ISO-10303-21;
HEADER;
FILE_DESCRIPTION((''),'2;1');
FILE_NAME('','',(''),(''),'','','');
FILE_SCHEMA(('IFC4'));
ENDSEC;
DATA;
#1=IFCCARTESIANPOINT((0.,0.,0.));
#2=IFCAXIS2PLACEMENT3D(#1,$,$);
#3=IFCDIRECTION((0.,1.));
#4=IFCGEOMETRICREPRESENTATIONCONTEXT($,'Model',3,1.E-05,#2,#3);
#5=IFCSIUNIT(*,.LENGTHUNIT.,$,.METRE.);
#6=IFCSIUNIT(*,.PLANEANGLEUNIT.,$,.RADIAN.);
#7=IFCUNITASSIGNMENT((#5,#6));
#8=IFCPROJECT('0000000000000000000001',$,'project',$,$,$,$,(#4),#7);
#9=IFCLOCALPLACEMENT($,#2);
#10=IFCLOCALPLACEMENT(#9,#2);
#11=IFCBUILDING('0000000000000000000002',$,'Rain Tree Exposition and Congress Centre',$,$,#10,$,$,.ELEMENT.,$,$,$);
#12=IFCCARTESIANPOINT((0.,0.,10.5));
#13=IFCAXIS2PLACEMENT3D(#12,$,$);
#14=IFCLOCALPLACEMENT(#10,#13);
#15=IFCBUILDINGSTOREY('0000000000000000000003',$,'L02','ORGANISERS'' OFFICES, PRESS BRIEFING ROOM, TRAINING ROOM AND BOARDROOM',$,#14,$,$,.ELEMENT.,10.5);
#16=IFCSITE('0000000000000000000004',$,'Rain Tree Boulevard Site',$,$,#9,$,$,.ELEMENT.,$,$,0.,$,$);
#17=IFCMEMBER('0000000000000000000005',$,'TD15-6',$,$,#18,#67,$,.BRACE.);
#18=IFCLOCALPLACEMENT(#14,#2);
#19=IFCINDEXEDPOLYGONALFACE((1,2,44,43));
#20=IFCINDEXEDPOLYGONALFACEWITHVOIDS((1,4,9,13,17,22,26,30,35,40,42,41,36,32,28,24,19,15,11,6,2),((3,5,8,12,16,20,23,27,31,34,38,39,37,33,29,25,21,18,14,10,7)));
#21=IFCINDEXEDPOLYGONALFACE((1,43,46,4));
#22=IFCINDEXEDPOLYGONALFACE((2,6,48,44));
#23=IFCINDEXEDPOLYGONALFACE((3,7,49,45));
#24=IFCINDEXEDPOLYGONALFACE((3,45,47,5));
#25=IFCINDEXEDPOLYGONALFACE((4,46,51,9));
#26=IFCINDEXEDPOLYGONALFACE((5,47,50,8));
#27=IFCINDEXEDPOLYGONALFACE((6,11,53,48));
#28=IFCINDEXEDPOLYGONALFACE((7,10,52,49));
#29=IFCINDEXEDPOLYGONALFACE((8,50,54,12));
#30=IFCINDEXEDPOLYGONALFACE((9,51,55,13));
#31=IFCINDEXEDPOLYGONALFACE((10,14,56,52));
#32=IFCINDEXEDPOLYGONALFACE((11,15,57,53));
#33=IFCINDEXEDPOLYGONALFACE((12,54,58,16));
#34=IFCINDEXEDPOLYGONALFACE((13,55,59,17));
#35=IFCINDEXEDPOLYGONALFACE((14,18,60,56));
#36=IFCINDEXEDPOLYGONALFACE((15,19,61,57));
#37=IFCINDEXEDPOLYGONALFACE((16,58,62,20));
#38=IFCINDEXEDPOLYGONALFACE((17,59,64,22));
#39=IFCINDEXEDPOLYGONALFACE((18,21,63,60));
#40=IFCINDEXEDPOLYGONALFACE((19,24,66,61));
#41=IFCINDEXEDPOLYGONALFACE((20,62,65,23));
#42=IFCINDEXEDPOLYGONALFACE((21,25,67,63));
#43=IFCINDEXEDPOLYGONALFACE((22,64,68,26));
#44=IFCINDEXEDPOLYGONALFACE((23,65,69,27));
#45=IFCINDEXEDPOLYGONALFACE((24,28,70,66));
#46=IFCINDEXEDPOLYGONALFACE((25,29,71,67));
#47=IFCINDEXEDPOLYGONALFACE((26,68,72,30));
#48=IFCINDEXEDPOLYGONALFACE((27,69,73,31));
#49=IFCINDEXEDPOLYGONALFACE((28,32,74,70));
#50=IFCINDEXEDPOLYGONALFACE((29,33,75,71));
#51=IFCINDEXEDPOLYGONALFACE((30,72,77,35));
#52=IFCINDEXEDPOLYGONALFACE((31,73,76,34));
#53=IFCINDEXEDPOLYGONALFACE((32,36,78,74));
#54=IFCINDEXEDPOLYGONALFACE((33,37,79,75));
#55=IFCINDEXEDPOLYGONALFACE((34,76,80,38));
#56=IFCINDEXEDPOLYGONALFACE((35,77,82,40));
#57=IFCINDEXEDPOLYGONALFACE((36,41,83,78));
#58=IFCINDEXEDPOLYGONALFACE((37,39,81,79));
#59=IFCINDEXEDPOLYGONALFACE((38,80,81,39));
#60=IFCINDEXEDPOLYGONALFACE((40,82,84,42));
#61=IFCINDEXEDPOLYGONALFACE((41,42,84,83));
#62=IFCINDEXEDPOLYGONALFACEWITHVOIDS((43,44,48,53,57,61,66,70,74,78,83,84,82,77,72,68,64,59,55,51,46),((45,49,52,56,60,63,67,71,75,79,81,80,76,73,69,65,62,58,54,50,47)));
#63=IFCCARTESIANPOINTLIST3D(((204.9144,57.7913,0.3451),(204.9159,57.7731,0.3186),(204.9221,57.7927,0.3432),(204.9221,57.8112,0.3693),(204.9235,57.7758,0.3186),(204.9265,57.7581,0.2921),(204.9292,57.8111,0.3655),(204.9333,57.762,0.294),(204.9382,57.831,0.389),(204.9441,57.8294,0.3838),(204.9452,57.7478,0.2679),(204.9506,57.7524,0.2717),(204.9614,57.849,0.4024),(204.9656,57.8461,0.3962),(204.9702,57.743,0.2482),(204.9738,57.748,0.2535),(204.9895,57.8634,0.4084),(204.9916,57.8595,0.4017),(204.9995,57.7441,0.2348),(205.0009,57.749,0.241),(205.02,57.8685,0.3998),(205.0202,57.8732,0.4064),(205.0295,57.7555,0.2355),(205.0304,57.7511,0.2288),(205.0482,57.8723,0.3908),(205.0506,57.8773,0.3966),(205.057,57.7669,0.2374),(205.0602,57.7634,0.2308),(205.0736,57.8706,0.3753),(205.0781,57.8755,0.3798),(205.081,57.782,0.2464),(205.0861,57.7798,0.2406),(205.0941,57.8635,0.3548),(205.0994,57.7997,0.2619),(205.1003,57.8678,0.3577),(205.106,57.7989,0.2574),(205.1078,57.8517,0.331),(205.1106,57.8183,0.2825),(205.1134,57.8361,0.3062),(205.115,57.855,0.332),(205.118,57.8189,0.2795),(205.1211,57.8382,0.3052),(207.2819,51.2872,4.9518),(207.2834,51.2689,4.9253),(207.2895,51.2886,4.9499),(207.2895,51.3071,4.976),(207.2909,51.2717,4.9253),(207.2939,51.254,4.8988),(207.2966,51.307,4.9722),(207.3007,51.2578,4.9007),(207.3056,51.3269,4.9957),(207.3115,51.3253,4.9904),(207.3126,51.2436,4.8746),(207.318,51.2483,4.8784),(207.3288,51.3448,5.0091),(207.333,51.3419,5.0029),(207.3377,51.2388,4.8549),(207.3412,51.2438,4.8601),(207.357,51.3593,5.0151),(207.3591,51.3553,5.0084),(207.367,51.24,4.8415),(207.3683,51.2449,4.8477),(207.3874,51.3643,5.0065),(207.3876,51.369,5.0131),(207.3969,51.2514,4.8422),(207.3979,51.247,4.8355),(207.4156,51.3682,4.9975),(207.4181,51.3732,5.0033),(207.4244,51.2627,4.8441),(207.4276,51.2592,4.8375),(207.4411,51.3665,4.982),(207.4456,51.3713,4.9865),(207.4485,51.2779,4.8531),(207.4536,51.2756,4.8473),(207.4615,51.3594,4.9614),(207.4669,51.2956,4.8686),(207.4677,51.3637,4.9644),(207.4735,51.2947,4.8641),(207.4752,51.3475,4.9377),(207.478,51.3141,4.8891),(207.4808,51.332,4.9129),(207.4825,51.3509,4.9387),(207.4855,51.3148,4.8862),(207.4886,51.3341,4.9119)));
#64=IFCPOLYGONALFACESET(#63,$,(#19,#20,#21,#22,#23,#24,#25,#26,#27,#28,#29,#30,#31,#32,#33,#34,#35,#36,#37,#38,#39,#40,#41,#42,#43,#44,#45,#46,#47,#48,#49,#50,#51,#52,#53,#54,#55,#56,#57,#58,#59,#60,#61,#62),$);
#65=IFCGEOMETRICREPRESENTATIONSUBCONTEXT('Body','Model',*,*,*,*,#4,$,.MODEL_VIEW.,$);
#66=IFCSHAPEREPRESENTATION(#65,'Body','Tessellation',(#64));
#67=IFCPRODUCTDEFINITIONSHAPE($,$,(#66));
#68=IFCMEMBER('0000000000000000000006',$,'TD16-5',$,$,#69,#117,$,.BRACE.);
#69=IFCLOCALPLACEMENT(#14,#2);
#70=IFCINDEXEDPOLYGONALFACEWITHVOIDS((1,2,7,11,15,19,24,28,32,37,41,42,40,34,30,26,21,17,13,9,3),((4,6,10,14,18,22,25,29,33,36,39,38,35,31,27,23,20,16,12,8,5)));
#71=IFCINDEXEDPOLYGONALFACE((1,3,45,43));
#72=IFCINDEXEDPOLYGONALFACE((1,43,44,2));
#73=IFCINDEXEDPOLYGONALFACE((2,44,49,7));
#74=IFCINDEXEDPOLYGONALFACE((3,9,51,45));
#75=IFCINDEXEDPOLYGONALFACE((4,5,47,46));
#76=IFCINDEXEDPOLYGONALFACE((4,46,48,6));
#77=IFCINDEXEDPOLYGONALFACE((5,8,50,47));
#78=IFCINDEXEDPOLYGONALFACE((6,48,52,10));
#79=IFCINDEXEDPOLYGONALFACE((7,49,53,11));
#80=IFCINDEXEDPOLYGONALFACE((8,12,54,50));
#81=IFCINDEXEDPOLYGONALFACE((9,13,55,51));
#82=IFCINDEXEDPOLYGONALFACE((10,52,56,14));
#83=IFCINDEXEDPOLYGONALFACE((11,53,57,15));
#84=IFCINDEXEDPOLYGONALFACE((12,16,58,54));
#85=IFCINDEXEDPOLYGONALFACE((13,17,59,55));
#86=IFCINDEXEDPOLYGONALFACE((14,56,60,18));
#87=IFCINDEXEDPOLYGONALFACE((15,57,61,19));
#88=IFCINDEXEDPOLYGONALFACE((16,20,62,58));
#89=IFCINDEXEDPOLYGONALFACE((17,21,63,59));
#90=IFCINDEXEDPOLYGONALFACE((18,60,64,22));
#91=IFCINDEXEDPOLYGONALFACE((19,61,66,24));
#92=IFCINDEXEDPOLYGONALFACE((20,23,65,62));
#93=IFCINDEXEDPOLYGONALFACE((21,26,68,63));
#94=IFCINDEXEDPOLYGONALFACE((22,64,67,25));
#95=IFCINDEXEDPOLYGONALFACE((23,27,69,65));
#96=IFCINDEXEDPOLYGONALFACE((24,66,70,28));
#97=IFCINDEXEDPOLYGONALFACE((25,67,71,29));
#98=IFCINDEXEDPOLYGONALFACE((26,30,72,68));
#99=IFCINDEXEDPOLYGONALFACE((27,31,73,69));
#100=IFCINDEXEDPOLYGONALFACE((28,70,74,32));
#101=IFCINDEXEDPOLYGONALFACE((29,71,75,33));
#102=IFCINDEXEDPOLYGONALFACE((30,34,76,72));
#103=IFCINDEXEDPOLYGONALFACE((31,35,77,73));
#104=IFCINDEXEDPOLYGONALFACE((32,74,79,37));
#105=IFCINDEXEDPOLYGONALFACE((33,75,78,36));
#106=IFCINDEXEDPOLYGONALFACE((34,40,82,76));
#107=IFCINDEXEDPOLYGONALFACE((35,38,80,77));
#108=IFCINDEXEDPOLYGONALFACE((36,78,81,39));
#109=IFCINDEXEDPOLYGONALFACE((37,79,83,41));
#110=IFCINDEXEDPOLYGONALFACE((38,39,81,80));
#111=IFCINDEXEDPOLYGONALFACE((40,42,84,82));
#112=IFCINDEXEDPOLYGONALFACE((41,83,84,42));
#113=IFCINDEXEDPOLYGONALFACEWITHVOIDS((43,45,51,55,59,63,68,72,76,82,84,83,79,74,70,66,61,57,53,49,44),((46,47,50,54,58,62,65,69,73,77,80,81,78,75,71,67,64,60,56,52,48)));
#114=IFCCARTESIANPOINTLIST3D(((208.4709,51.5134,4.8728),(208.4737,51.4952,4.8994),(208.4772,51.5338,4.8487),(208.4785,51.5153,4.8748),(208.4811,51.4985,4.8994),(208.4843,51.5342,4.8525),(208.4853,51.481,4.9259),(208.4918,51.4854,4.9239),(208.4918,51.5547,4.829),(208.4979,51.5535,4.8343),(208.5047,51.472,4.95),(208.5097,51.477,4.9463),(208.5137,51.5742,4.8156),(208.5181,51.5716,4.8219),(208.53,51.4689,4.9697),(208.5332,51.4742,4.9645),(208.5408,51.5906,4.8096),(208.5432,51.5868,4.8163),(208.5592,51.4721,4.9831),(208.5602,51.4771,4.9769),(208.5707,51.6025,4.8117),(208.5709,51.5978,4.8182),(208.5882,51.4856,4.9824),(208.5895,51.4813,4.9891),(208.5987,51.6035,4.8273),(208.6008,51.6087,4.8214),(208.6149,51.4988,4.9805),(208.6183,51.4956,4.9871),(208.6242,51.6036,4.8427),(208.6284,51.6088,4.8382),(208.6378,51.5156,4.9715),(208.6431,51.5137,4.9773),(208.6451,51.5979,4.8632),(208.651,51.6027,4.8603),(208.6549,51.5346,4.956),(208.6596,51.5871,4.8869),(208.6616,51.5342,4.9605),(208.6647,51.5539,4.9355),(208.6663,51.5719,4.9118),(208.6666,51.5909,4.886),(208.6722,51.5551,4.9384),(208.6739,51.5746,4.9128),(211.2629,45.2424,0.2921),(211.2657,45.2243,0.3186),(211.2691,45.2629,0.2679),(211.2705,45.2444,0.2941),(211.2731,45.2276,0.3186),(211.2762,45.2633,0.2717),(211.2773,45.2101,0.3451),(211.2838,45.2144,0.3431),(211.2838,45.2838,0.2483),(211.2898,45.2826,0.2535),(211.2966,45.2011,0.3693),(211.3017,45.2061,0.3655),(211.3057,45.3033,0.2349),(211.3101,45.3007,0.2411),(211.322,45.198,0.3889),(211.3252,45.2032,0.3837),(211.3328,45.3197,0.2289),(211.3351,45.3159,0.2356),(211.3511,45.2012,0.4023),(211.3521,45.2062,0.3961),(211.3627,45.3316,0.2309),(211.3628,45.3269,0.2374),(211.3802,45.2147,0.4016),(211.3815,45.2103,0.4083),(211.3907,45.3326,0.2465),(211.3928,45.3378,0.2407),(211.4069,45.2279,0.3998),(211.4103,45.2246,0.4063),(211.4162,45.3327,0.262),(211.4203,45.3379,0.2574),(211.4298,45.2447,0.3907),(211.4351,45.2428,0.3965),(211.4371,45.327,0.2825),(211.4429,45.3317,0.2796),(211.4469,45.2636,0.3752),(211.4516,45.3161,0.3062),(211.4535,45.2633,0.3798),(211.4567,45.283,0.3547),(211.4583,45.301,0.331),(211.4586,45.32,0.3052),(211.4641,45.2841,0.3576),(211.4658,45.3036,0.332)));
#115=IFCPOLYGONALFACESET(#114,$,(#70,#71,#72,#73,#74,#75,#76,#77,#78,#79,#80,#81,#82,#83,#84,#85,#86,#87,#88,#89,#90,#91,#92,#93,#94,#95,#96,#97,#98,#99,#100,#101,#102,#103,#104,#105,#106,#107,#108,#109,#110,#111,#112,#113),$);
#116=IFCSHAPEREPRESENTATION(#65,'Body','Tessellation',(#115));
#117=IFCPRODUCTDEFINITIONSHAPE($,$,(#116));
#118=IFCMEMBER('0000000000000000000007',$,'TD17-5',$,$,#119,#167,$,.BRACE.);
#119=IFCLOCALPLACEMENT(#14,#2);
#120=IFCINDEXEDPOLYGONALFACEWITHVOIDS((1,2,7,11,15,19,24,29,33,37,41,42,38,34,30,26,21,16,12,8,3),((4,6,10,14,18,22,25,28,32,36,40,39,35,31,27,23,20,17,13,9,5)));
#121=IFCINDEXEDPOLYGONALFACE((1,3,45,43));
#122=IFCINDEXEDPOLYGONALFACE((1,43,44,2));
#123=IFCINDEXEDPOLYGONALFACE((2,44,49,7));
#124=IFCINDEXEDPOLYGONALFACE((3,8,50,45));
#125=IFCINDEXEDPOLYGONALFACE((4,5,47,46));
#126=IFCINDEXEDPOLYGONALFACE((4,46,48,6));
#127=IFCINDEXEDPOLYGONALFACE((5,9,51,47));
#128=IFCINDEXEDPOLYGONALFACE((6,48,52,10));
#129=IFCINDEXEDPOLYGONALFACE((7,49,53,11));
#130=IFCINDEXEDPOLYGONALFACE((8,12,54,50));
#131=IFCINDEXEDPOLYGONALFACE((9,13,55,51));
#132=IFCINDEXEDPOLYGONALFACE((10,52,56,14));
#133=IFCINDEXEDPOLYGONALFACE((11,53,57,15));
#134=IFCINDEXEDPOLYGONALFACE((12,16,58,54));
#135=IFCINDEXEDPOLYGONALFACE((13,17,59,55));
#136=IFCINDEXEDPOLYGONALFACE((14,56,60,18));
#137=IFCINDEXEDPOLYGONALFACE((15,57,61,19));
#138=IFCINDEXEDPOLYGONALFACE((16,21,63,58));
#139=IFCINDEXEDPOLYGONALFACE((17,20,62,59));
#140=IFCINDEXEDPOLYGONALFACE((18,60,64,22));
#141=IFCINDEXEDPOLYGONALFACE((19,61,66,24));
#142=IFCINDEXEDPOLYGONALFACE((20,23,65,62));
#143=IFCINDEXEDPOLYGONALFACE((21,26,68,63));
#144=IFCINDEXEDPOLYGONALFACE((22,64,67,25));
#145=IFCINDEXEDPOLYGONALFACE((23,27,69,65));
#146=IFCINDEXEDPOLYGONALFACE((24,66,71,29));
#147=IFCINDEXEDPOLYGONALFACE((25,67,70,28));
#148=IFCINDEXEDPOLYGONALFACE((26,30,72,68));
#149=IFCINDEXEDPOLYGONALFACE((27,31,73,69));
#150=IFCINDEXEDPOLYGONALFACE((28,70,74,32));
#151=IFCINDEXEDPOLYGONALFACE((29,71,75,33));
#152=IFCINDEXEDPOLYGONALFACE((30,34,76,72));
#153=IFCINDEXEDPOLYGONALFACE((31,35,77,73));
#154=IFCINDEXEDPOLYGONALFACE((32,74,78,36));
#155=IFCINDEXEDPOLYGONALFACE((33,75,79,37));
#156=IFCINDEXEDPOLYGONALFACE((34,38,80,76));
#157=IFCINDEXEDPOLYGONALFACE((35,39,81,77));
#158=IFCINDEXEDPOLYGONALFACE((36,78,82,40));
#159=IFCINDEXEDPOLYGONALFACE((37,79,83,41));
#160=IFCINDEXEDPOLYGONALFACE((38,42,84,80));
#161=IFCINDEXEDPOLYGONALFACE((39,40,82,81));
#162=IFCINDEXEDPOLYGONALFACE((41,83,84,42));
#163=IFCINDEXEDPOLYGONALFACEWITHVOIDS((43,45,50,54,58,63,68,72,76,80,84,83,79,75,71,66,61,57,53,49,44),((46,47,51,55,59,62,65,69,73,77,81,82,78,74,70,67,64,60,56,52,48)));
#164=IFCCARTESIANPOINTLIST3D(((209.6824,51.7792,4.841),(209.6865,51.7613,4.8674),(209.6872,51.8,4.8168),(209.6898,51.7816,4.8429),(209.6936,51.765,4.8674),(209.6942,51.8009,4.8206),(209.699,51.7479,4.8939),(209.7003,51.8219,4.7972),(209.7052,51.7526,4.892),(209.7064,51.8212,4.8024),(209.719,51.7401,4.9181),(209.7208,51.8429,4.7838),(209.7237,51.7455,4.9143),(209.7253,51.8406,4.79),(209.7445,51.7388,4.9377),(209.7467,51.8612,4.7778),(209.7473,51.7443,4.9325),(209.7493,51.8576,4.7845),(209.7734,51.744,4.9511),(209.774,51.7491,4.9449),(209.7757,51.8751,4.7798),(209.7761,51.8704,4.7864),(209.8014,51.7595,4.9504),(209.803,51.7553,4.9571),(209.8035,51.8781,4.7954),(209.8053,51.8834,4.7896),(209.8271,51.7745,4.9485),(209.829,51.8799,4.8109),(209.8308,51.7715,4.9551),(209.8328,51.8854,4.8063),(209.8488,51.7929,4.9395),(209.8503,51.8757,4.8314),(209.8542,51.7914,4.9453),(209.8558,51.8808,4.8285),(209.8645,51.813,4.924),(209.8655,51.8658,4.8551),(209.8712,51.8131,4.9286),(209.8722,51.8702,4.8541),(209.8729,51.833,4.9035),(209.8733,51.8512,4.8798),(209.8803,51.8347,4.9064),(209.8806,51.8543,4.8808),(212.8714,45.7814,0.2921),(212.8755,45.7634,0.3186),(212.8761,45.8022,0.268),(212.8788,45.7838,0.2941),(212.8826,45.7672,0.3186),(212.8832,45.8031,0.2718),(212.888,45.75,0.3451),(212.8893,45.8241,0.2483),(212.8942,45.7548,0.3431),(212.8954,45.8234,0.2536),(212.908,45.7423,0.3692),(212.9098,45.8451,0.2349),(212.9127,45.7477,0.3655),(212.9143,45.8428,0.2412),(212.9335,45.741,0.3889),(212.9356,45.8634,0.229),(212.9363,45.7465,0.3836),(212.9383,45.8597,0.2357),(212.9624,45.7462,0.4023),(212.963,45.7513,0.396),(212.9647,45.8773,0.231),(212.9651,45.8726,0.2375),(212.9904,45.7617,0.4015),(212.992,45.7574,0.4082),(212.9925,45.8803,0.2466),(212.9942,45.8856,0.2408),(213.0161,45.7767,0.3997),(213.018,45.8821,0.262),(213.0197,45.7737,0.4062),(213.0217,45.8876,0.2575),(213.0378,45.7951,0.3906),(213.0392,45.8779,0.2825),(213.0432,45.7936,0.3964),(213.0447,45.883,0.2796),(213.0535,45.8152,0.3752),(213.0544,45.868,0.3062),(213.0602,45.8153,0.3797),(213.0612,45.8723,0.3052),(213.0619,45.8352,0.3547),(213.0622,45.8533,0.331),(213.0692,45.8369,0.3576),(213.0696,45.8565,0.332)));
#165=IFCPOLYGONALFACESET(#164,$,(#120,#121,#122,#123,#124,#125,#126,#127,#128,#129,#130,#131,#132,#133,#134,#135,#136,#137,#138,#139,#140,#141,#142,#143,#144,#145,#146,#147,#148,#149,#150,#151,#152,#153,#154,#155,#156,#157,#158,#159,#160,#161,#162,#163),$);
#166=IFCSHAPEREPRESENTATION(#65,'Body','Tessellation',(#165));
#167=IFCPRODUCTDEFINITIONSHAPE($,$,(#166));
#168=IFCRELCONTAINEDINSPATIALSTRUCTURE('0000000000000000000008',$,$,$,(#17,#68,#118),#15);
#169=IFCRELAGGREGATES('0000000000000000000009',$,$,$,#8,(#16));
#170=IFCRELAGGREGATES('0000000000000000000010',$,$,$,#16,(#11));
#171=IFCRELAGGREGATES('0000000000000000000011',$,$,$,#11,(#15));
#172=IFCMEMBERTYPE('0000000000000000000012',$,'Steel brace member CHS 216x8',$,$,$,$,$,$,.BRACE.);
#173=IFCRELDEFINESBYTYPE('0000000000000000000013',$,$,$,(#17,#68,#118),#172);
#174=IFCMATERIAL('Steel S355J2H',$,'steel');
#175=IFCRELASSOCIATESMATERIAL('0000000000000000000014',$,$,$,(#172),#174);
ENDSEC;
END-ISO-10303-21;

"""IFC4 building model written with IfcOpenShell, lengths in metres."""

from ifc_helpers import new_model, si_unit, direction, frame, origin, origin_2d, place, context, subcontext, project, spatial, hollow_circle, extrude, material, material_profile, profile_set, type_object, element, save


model = new_model("IFC4")

# Units and contexts
model_context = context("Model", 3, precision=1e-05, world=origin(), true_north=direction((0.0, 1.0)))
body_context = subcontext(model_context, "Body", "Model", "MODEL_VIEW")
ifc_project = project(units=[si_unit("LENGTHUNIT", "METRE"), si_unit("PLANEANGLEUNIT", "RADIAN")], contexts=[model_context])

# Site, building, storey
site_placement = place(None, origin())
site = spatial("IfcSite", under=ifc_project, at=site_placement, Name="Rain Tree Boulevard Site", CompositionType="ELEMENT", RefElevation=0.0)
building_placement = place(site_placement, origin())
building = spatial("IfcBuilding", under=site, at=building_placement, Name="Rain Tree Exposition and Congress Centre", CompositionType="ELEMENT")
storey_placement = place(building_placement, frame((0.0, 0.0, 10.5)))
storey = spatial("IfcBuildingStorey", under=building, at=storey_placement, Name="L02", Description="ORGANISERS' OFFICES, PRESS BRIEFING ROOM, TRAINING ROOM AND BOARDROOM", CompositionType="ELEMENT", Elevation=10.5)

# Members
ifc_material_1 = material(Name="Steel S355J2H", Category="steel")
ifc_material_profile_1 = material_profile(ifc_material_1, hollow_circle(Radius=0.1082, WallThickness=0.0081, at=origin_2d()), Name="CHS 216x8")
ifc_profile_set_1 = profile_set([ifc_material_profile_1], Name="Steel S355J2H")
member_type_1 = type_object("IfcMemberType", Name="Steel brace member CHS 216x8", PredefinedType="BRACE", material=ifc_profile_set_1)
member_1_placement = place(storey_placement, frame((207.385, 51.3059, 4.9253), z_axis=(-0.284737, 0.782269, -0.554057), x_axis=(-0.939687, -0.342035, 0.0)))
element("IfcMember", 1, at=member_1_placement, inside=storey, type_object=member_type_1, Name="TD15-6", PredefinedType="BRACE", context=body_context, shape_type="SweptSolid", body=[
    extrude(hollow_circle(Radius=0.1082, WallThickness=0.0081, at=origin_2d()), origin(), (0.0, 0.0, 1.0), 8.3145),
])
member_2_placement = place(storey_placement, frame((211.3645, 45.2683, 0.3186), z_axis=(-0.338319, 0.759887, 0.555079), x_axis=(-0.913547, -0.406732, 0.0)))
element("IfcMember", 2, at=member_2_placement, inside=storey, type_object=member_type_1, Name="TD16-5", PredefinedType="BRACE", context=body_context, shape_type="SweptSolid", body=[
    extrude(hollow_circle(Radius=0.1082, WallThickness=0.0081, at=origin_2d()), origin(), (0.0, 0.0, 1.0), 8.2524),
])
member_3_placement = place(storey_placement, frame((212.9709, 45.8142, 0.3186), z_axis=(-0.390075, 0.733652, 0.556413), x_axis=(-0.882955, -0.469457, 0.0)))
element("IfcMember", 3, at=member_3_placement, inside=storey, type_object=member_type_1, Name="TD17-5", PredefinedType="BRACE", context=body_context, shape_type="SweptSolid", body=[
    extrude(hollow_circle(Radius=0.1082, WallThickness=0.0081, at=origin_2d()), origin(), (0.0, 0.0, 1.0), 8.1753),
])

save(model, "model.ifc")
